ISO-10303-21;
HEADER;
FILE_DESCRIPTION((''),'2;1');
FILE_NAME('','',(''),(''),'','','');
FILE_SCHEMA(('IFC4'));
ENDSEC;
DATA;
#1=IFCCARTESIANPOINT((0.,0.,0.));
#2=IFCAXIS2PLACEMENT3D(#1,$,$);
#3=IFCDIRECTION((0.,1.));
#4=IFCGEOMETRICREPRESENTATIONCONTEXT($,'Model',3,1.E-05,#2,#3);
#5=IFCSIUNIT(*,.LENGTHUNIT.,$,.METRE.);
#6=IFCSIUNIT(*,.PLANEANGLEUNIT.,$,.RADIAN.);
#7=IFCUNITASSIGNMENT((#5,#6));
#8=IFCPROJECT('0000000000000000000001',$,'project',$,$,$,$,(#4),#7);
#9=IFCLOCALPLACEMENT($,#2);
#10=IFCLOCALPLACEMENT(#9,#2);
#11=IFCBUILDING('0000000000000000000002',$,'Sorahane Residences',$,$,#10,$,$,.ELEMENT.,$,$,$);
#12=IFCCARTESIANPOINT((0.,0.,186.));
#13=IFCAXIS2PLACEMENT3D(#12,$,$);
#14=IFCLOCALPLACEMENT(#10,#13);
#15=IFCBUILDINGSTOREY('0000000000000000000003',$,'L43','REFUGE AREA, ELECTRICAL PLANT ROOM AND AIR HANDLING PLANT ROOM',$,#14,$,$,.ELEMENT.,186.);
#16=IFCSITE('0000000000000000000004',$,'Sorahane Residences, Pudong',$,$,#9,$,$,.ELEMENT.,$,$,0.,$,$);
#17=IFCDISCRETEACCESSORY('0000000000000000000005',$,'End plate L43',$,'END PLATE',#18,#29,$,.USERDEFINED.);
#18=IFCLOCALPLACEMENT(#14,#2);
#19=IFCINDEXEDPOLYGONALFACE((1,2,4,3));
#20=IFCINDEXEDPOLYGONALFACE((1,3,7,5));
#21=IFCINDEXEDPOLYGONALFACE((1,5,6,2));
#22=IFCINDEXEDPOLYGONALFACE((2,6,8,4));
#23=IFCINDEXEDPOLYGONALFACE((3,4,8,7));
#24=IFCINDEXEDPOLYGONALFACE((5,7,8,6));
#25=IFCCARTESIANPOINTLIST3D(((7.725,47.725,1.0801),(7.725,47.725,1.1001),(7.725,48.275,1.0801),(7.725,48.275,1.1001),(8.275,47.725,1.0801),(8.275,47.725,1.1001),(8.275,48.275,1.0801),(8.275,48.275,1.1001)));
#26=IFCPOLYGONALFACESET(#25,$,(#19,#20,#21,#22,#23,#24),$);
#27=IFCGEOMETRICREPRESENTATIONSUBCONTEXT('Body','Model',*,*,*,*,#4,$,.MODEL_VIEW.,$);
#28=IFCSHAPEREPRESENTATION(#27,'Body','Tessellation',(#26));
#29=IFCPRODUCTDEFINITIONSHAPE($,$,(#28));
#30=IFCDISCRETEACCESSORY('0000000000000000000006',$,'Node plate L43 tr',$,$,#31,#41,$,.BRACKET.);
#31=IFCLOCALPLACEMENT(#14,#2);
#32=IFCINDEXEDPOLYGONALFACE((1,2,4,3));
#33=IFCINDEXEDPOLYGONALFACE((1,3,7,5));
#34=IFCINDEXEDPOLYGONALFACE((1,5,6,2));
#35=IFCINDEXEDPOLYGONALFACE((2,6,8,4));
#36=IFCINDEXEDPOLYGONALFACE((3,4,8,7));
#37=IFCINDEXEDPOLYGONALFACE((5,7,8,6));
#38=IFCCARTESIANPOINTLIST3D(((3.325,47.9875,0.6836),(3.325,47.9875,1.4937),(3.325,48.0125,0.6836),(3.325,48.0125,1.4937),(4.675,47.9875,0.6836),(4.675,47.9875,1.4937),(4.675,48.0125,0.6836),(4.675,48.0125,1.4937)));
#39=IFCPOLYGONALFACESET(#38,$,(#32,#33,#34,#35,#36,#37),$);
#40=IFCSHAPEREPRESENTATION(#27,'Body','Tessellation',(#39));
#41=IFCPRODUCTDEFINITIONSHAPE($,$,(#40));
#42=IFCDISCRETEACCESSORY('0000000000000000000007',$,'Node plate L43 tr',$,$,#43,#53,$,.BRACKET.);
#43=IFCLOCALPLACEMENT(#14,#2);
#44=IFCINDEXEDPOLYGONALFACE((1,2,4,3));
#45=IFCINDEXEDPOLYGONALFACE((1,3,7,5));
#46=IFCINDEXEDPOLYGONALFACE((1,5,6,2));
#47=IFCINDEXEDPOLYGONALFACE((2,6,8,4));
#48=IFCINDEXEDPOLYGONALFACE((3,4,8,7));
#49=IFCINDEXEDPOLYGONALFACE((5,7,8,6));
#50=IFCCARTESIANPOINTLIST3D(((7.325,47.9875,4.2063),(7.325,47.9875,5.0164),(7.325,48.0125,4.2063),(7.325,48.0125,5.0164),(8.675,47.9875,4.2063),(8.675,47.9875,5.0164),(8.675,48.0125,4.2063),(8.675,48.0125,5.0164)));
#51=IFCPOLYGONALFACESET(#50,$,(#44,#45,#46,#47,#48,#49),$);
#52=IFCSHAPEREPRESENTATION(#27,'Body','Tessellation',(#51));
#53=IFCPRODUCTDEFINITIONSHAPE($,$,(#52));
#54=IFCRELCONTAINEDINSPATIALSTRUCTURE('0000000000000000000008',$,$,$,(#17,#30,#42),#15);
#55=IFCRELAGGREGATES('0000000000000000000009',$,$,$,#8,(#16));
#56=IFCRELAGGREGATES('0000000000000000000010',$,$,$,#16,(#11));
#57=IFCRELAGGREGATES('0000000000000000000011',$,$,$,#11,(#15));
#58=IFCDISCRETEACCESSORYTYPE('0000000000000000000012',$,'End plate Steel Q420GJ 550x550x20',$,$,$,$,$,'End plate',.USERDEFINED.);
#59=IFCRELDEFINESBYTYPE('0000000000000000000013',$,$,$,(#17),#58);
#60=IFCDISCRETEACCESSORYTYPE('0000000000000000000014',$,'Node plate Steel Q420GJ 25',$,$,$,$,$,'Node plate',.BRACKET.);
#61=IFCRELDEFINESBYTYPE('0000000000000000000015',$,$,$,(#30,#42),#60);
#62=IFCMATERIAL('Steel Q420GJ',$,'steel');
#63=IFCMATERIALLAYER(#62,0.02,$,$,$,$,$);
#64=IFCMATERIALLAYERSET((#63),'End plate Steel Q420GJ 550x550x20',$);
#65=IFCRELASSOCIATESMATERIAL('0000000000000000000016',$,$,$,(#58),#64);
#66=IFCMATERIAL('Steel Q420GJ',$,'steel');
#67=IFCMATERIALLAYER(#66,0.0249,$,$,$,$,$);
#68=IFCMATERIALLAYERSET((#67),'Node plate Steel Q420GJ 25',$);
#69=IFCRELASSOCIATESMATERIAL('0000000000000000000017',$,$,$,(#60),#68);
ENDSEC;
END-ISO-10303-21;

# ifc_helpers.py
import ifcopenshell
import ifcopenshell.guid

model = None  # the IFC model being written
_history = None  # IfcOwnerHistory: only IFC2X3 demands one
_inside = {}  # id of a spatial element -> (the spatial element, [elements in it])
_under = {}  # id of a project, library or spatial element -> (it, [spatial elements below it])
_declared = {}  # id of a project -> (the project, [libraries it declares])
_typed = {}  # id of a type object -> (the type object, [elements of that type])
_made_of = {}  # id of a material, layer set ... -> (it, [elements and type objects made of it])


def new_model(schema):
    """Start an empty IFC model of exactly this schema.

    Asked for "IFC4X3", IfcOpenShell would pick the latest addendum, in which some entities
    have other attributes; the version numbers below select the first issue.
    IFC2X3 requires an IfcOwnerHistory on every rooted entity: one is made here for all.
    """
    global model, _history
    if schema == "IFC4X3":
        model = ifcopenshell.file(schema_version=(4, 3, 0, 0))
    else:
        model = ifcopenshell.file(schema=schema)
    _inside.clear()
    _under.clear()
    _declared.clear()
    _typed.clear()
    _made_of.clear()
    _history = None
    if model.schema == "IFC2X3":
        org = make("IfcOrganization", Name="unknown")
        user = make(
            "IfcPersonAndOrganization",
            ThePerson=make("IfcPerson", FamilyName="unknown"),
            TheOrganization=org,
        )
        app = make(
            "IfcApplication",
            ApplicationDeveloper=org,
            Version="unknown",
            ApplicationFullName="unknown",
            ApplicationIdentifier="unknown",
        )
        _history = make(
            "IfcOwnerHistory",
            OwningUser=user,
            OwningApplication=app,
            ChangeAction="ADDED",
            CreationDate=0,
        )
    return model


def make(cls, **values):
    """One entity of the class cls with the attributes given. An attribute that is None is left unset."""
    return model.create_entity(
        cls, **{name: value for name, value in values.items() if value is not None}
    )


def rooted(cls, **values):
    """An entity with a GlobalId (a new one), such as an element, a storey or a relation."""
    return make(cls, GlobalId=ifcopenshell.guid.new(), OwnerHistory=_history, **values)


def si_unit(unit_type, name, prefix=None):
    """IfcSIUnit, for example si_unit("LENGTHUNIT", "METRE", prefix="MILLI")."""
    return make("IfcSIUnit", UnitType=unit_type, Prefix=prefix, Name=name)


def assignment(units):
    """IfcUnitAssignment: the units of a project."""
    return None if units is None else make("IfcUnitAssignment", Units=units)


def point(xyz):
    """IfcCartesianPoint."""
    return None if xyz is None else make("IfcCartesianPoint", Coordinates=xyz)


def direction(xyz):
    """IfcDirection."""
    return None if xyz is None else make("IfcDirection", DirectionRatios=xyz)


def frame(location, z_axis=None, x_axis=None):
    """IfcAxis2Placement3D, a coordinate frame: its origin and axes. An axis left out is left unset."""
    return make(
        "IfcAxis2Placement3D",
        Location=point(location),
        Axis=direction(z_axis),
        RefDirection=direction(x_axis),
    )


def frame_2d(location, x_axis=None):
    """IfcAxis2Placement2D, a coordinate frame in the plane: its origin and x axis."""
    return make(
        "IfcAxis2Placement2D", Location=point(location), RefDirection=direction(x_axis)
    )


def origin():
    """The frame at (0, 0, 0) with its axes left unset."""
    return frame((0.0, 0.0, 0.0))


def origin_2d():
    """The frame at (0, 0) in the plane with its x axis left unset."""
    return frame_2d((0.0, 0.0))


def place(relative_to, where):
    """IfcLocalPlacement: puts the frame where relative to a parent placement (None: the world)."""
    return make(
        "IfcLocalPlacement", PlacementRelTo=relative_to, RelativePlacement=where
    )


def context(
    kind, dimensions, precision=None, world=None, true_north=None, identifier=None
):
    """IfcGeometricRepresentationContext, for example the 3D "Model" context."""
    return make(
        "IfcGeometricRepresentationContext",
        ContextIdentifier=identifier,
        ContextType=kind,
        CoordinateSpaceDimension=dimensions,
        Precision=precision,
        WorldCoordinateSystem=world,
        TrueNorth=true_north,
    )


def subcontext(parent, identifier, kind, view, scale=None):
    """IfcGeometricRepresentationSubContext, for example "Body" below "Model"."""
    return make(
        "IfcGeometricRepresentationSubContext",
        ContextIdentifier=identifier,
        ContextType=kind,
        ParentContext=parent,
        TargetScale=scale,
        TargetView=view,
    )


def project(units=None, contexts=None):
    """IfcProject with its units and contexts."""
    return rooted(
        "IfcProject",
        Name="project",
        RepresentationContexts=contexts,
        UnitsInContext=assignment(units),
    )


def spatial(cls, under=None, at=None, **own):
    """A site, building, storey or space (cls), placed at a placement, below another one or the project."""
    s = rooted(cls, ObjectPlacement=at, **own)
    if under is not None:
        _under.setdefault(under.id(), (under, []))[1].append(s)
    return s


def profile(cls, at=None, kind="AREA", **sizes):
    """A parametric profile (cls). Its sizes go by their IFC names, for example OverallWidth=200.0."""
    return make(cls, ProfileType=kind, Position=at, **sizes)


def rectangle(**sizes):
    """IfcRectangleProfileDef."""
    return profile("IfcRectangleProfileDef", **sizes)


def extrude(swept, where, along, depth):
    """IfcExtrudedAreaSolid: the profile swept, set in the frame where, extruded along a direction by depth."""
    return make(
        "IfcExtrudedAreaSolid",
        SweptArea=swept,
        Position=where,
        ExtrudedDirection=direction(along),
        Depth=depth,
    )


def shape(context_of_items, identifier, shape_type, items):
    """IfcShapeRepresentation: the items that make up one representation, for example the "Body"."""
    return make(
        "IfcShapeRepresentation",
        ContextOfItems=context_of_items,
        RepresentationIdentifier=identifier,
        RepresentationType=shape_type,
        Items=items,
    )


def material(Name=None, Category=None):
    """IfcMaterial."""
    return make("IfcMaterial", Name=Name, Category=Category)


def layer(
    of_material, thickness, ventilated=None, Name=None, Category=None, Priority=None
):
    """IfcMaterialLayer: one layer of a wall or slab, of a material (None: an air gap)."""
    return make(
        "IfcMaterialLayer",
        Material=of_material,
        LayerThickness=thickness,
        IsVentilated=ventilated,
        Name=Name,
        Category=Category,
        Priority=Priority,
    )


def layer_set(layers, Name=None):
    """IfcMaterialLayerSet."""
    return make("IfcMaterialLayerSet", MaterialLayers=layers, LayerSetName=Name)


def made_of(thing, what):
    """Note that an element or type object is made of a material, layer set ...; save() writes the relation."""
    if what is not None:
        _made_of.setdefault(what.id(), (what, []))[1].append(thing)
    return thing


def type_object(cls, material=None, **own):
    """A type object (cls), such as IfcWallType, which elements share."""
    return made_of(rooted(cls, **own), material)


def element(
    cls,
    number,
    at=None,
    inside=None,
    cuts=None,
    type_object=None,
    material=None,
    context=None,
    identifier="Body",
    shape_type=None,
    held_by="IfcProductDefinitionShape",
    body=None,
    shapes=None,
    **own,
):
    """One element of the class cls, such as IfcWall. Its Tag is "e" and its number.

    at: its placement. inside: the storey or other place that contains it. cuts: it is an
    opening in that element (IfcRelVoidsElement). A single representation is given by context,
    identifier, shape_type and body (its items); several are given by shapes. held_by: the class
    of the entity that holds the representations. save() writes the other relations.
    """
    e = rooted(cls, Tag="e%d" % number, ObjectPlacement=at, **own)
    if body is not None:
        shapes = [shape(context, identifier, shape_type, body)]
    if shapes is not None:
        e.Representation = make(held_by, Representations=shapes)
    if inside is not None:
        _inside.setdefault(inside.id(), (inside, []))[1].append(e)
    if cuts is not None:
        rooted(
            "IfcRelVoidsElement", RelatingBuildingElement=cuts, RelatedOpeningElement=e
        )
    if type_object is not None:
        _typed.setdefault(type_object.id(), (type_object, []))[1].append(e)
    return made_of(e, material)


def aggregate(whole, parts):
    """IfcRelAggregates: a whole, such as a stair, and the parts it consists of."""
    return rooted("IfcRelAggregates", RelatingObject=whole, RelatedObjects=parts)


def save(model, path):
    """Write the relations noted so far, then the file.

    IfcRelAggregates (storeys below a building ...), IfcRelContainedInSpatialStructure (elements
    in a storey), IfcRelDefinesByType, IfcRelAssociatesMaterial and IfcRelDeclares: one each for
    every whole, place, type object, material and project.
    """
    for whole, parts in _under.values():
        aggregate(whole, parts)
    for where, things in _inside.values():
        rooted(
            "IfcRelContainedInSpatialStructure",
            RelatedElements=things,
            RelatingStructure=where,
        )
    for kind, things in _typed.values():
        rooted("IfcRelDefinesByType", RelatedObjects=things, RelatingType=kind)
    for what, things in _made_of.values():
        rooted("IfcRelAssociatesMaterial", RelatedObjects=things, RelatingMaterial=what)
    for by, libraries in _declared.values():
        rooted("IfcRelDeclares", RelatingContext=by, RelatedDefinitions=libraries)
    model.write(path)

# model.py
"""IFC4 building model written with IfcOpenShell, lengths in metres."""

from ifc_helpers import new_model, si_unit, direction, frame, origin, origin_2d, place, context, subcontext, project, spatial, rectangle, extrude, material, layer, layer_set, type_object, element, save


model = new_model("IFC4")

# Units and contexts
model_context = context("Model", 3, precision=1e-05, world=origin(), true_north=direction((0.0, 1.0)))
body_context = subcontext(model_context, "Body", "Model", "MODEL_VIEW")
ifc_project = project(units=[si_unit("LENGTHUNIT", "METRE"), si_unit("PLANEANGLEUNIT", "RADIAN")], contexts=[model_context])

# Site, building, storey
site_placement = place(None, origin())
site = spatial("IfcSite", under=ifc_project, at=site_placement, Name="Sorahane Residences, Pudong", CompositionType="ELEMENT", RefElevation=0.0)
building_placement = place(site_placement, origin())
building = spatial("IfcBuilding", under=site, at=building_placement, Name="Sorahane Residences", CompositionType="ELEMENT")
storey_placement = place(building_placement, frame((0.0, 0.0, 186.0)))
storey = spatial("IfcBuildingStorey", under=building, at=storey_placement, Name="L43", Description="REFUGE AREA, ELECTRICAL PLANT ROOM AND AIR HANDLING PLANT ROOM", CompositionType="ELEMENT", Elevation=186.0)

# Discrete accessories
ifc_material_1 = material(Name="Steel Q420GJ", Category="steel")
ifc_layer_1 = layer(ifc_material_1, 0.02)
ifc_layer_set_1 = layer_set([ifc_layer_1], Name="End plate Steel Q420GJ 550x550x20")
discrete_accessory_type_1 = type_object("IfcDiscreteAccessoryType", Name="End plate Steel Q420GJ 550x550x20", ElementType="End plate", PredefinedType="USERDEFINED", material=ifc_layer_set_1)
for number, where, z_axis, x_axis, name in (
    (1, (8.0, 48.0, 1.0801), (0.0, 0.0, 1.0), (1.0, 0.0, 0.0), "End plate L43"),
):
    element("IfcDiscreteAccessory", number, at=place(storey_placement, frame(where, z_axis=z_axis, x_axis=x_axis)), inside=storey, type_object=discrete_accessory_type_1, Name=name, ObjectType="END PLATE", PredefinedType="USERDEFINED", context=body_context, shape_type="SweptSolid", body=[
        extrude(rectangle(XDim=0.55, YDim=0.55, at=origin_2d()), origin(), (0.0, 0.0, 1.0), 0.02),
    ])
ifc_material_2 = material(Name="Steel Q420GJ", Category="steel")
ifc_layer_2 = layer(ifc_material_2, 0.0249)
ifc_layer_set_2 = layer_set([ifc_layer_2], Name="Node plate Steel Q420GJ 25")
discrete_accessory_type_2 = type_object("IfcDiscreteAccessoryType", Name="Node plate Steel Q420GJ 25", ElementType="Node plate", PredefinedType="BRACKET", material=ifc_layer_set_2)
for number, where, z_axis, x_axis, name in (
    (2, (4.0, 48.0, 0.6836), (0.0, 0.0, 1.0), (1.0, 0.0, 0.0), "Node plate L43 tr"),
    (3, (8.0, 48.0, 4.2063), (0.0, 0.0, 1.0), (1.0, 0.0, 0.0), "Node plate L43 tr"),
):
    element("IfcDiscreteAccessory", number, at=place(storey_placement, frame(where, z_axis=z_axis, x_axis=x_axis)), inside=storey, type_object=discrete_accessory_type_2, Name=name, PredefinedType="BRACKET", context=body_context, shape_type="SweptSolid", body=[
        extrude(rectangle(XDim=1.3501, YDim=0.0249, at=origin_2d()), origin(), (0.0, 0.0, 1.0), 0.8101),
    ])

save(model, "model.ifc")
